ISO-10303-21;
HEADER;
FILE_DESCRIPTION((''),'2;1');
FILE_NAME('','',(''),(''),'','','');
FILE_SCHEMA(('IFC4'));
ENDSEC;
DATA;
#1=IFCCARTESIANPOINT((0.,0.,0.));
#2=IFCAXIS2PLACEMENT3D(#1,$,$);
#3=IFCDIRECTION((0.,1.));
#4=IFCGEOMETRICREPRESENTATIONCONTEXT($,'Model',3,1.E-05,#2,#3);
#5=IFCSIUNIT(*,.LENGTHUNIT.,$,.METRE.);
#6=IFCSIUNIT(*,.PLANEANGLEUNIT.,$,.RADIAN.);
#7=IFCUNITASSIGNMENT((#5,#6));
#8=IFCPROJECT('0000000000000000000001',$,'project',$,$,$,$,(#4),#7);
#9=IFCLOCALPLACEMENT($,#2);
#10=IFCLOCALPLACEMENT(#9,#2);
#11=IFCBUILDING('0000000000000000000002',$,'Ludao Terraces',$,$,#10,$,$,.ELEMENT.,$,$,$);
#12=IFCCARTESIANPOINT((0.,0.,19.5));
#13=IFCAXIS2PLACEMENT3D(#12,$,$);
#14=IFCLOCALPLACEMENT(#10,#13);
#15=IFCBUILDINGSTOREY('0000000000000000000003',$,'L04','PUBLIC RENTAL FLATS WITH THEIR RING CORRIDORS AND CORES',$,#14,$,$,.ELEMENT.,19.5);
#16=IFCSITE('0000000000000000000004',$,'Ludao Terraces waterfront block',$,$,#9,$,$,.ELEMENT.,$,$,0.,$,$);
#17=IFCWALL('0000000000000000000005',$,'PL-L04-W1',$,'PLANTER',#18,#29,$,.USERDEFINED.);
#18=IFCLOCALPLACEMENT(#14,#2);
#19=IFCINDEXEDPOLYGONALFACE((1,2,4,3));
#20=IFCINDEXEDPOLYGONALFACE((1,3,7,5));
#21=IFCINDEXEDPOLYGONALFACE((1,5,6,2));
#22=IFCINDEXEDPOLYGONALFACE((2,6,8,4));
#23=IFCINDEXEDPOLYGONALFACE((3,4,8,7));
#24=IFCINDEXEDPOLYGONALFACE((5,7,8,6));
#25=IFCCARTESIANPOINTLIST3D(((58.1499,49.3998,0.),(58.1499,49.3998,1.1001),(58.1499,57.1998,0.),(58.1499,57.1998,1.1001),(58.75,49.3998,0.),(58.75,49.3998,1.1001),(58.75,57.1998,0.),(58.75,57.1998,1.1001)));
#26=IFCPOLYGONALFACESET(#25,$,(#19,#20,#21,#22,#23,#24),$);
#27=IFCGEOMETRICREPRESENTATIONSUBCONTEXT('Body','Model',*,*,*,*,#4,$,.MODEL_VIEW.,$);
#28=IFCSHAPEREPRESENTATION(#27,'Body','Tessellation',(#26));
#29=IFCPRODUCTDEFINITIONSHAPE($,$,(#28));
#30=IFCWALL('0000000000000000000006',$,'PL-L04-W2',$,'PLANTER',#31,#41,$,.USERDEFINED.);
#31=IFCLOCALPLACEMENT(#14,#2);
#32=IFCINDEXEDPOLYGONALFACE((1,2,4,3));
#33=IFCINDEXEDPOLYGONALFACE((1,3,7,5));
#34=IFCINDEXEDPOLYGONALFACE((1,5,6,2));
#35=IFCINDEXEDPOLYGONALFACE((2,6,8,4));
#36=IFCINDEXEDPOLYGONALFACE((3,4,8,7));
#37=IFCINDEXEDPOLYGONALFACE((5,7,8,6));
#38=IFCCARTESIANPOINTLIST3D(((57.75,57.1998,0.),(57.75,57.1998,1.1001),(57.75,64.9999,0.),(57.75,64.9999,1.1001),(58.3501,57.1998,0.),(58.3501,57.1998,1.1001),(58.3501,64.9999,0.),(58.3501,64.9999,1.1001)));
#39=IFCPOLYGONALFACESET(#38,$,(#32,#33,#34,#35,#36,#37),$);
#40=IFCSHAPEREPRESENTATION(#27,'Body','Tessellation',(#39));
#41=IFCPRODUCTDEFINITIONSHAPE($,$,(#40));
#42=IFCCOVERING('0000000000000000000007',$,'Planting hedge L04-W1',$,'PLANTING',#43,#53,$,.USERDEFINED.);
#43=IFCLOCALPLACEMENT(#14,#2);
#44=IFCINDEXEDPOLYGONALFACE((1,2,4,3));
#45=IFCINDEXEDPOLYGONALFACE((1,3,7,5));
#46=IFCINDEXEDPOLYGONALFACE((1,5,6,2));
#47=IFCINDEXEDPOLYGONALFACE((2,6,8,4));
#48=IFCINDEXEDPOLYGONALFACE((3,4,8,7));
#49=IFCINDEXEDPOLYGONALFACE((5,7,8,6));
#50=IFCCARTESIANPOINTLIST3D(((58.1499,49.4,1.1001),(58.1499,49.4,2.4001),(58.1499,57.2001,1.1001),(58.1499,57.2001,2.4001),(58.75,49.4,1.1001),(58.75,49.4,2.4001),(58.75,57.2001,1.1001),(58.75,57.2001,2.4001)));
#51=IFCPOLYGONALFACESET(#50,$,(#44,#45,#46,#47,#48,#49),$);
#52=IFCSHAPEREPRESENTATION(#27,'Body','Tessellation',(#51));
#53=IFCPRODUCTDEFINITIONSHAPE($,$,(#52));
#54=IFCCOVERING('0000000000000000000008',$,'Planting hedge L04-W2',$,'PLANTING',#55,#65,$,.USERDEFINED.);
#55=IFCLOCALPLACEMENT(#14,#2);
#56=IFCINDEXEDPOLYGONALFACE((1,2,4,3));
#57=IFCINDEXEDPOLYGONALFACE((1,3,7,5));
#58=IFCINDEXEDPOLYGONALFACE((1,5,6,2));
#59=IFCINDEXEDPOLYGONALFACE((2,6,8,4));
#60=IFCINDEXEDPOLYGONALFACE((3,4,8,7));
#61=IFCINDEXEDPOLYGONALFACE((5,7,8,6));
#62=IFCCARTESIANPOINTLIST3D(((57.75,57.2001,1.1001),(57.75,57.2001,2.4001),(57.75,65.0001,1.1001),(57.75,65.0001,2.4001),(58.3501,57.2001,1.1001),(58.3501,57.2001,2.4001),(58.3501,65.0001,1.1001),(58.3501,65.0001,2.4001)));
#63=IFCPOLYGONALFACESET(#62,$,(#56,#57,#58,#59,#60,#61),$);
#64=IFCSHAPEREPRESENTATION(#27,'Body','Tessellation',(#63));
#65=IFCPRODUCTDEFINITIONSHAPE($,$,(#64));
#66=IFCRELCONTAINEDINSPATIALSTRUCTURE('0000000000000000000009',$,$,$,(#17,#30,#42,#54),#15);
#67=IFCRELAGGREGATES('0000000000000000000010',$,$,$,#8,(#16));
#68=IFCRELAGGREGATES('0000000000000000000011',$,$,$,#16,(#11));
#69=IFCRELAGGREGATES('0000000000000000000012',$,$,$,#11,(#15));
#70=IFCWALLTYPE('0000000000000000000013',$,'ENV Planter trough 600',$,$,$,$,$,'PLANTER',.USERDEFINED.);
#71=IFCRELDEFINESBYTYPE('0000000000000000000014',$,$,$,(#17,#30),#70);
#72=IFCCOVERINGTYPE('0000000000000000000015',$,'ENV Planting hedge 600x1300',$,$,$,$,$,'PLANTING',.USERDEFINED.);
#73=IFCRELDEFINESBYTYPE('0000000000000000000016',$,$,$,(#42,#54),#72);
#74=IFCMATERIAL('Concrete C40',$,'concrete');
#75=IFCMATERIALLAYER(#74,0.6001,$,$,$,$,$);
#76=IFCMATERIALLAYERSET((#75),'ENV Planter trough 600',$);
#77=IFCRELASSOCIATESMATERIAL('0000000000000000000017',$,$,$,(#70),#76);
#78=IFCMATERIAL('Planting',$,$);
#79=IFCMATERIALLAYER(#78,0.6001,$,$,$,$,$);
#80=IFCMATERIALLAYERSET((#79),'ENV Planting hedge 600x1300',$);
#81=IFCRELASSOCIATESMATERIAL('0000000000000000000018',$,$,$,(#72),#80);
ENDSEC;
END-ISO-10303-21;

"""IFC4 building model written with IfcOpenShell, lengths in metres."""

from ifc_helpers import new_model, si_unit, direction, frame, frame_2d, origin, origin_2d, place, context, subcontext, project, spatial, rectangle, extrude, material, layer, layer_set, type_object, element, save


model = new_model("IFC4")

# Units and contexts
model_context = context("Model", 3, precision=1e-05, world=origin(), true_north=direction((0.0, 1.0)))
body_context = subcontext(model_context, "Body", "Model", "MODEL_VIEW")
ifc_project = project(units=[si_unit("LENGTHUNIT", "METRE"), si_unit("PLANEANGLEUNIT", "RADIAN")], contexts=[model_context])

# Site, building, storey
site_placement = place(None, origin())
site = spatial("IfcSite", under=ifc_project, at=site_placement, Name="Ludao Terraces waterfront block", CompositionType="ELEMENT", RefElevation=0.0)
building_placement = place(site_placement, origin())
building = spatial("IfcBuilding", under=site, at=building_placement, Name="Ludao Terraces", CompositionType="ELEMENT")
storey_placement = place(building_placement, frame((0.0, 0.0, 19.5)))
storey = spatial("IfcBuildingStorey", under=building, at=storey_placement, Name="L04", Description="PUBLIC RENTAL FLATS WITH THEIR RING CORRIDORS AND CORES", CompositionType="ELEMENT", Elevation=19.5)

# Shared definitions
ifc_material_1 = material(Name="Concrete C40", Category="concrete")

# Walls
ifc_layer_1 = layer(ifc_material_1, 0.6001)
ifc_layer_set_1 = layer_set([ifc_layer_1], Name="ENV Planter trough 600")
wall_type = type_object("IfcWallType", Name="ENV Planter trough 600", ElementType="PLANTER", PredefinedType="USERDEFINED", material=ifc_layer_set_1)
for number, where, z_axis, x_axis, name in (
    (1, (58.45, 49.3999, 0.0), (0.0, 0.0, 1.0), (0.0, 1.0, 0.0), "PL-L04-W1"),
    (2, (58.05, 57.2, 0.0), (0.0, 0.0, 1.0), (0.0, 1.0, 0.0), "PL-L04-W2"),
):
    element("IfcWall", number, at=place(storey_placement, frame(where, z_axis=z_axis, x_axis=x_axis)), inside=storey, type_object=wall_type, Name=name, ObjectType="PLANTER", PredefinedType="USERDEFINED", context=body_context, shape_type="SweptSolid", body=[
        extrude(rectangle(XDim=7.8, YDim=0.6001, at=frame_2d((3.8999, 0.0))), origin(), (0.0, 0.0, 1.0), 1.1001),
    ])

# Coverings
ifc_material_2 = material(Name="Planting")
ifc_layer_2 = layer(ifc_material_2, 0.6001)
ifc_layer_set_2 = layer_set([ifc_layer_2], Name="ENV Planting hedge 600x1300")
covering_type = type_object("IfcCoveringType", Name="ENV Planting hedge 600x1300", ElementType="PLANTING", PredefinedType="USERDEFINED", material=ifc_layer_set_2)
for number, where, z_axis, x_axis, name in (
    (3, (58.45, 53.3, 1.1001), (0.0, 0.0, 1.0), (1.0, 0.0, 0.0), "Planting hedge L04-W1"),
    (4, (58.05, 61.1001, 1.1001), (0.0, 0.0, 1.0), (1.0, 0.0, 0.0), "Planting hedge L04-W2"),
):
    element("IfcCovering", number, at=place(storey_placement, frame(where, z_axis=z_axis, x_axis=x_axis)), inside=storey, type_object=covering_type, Name=name, ObjectType="PLANTING", PredefinedType="USERDEFINED", context=body_context, shape_type="SweptSolid", body=[
        extrude(rectangle(XDim=0.6001, YDim=7.8, at=origin_2d()), origin(), (0.0, 0.0, 1.0), 1.3),
    ])

save(model, "model.ifc")
